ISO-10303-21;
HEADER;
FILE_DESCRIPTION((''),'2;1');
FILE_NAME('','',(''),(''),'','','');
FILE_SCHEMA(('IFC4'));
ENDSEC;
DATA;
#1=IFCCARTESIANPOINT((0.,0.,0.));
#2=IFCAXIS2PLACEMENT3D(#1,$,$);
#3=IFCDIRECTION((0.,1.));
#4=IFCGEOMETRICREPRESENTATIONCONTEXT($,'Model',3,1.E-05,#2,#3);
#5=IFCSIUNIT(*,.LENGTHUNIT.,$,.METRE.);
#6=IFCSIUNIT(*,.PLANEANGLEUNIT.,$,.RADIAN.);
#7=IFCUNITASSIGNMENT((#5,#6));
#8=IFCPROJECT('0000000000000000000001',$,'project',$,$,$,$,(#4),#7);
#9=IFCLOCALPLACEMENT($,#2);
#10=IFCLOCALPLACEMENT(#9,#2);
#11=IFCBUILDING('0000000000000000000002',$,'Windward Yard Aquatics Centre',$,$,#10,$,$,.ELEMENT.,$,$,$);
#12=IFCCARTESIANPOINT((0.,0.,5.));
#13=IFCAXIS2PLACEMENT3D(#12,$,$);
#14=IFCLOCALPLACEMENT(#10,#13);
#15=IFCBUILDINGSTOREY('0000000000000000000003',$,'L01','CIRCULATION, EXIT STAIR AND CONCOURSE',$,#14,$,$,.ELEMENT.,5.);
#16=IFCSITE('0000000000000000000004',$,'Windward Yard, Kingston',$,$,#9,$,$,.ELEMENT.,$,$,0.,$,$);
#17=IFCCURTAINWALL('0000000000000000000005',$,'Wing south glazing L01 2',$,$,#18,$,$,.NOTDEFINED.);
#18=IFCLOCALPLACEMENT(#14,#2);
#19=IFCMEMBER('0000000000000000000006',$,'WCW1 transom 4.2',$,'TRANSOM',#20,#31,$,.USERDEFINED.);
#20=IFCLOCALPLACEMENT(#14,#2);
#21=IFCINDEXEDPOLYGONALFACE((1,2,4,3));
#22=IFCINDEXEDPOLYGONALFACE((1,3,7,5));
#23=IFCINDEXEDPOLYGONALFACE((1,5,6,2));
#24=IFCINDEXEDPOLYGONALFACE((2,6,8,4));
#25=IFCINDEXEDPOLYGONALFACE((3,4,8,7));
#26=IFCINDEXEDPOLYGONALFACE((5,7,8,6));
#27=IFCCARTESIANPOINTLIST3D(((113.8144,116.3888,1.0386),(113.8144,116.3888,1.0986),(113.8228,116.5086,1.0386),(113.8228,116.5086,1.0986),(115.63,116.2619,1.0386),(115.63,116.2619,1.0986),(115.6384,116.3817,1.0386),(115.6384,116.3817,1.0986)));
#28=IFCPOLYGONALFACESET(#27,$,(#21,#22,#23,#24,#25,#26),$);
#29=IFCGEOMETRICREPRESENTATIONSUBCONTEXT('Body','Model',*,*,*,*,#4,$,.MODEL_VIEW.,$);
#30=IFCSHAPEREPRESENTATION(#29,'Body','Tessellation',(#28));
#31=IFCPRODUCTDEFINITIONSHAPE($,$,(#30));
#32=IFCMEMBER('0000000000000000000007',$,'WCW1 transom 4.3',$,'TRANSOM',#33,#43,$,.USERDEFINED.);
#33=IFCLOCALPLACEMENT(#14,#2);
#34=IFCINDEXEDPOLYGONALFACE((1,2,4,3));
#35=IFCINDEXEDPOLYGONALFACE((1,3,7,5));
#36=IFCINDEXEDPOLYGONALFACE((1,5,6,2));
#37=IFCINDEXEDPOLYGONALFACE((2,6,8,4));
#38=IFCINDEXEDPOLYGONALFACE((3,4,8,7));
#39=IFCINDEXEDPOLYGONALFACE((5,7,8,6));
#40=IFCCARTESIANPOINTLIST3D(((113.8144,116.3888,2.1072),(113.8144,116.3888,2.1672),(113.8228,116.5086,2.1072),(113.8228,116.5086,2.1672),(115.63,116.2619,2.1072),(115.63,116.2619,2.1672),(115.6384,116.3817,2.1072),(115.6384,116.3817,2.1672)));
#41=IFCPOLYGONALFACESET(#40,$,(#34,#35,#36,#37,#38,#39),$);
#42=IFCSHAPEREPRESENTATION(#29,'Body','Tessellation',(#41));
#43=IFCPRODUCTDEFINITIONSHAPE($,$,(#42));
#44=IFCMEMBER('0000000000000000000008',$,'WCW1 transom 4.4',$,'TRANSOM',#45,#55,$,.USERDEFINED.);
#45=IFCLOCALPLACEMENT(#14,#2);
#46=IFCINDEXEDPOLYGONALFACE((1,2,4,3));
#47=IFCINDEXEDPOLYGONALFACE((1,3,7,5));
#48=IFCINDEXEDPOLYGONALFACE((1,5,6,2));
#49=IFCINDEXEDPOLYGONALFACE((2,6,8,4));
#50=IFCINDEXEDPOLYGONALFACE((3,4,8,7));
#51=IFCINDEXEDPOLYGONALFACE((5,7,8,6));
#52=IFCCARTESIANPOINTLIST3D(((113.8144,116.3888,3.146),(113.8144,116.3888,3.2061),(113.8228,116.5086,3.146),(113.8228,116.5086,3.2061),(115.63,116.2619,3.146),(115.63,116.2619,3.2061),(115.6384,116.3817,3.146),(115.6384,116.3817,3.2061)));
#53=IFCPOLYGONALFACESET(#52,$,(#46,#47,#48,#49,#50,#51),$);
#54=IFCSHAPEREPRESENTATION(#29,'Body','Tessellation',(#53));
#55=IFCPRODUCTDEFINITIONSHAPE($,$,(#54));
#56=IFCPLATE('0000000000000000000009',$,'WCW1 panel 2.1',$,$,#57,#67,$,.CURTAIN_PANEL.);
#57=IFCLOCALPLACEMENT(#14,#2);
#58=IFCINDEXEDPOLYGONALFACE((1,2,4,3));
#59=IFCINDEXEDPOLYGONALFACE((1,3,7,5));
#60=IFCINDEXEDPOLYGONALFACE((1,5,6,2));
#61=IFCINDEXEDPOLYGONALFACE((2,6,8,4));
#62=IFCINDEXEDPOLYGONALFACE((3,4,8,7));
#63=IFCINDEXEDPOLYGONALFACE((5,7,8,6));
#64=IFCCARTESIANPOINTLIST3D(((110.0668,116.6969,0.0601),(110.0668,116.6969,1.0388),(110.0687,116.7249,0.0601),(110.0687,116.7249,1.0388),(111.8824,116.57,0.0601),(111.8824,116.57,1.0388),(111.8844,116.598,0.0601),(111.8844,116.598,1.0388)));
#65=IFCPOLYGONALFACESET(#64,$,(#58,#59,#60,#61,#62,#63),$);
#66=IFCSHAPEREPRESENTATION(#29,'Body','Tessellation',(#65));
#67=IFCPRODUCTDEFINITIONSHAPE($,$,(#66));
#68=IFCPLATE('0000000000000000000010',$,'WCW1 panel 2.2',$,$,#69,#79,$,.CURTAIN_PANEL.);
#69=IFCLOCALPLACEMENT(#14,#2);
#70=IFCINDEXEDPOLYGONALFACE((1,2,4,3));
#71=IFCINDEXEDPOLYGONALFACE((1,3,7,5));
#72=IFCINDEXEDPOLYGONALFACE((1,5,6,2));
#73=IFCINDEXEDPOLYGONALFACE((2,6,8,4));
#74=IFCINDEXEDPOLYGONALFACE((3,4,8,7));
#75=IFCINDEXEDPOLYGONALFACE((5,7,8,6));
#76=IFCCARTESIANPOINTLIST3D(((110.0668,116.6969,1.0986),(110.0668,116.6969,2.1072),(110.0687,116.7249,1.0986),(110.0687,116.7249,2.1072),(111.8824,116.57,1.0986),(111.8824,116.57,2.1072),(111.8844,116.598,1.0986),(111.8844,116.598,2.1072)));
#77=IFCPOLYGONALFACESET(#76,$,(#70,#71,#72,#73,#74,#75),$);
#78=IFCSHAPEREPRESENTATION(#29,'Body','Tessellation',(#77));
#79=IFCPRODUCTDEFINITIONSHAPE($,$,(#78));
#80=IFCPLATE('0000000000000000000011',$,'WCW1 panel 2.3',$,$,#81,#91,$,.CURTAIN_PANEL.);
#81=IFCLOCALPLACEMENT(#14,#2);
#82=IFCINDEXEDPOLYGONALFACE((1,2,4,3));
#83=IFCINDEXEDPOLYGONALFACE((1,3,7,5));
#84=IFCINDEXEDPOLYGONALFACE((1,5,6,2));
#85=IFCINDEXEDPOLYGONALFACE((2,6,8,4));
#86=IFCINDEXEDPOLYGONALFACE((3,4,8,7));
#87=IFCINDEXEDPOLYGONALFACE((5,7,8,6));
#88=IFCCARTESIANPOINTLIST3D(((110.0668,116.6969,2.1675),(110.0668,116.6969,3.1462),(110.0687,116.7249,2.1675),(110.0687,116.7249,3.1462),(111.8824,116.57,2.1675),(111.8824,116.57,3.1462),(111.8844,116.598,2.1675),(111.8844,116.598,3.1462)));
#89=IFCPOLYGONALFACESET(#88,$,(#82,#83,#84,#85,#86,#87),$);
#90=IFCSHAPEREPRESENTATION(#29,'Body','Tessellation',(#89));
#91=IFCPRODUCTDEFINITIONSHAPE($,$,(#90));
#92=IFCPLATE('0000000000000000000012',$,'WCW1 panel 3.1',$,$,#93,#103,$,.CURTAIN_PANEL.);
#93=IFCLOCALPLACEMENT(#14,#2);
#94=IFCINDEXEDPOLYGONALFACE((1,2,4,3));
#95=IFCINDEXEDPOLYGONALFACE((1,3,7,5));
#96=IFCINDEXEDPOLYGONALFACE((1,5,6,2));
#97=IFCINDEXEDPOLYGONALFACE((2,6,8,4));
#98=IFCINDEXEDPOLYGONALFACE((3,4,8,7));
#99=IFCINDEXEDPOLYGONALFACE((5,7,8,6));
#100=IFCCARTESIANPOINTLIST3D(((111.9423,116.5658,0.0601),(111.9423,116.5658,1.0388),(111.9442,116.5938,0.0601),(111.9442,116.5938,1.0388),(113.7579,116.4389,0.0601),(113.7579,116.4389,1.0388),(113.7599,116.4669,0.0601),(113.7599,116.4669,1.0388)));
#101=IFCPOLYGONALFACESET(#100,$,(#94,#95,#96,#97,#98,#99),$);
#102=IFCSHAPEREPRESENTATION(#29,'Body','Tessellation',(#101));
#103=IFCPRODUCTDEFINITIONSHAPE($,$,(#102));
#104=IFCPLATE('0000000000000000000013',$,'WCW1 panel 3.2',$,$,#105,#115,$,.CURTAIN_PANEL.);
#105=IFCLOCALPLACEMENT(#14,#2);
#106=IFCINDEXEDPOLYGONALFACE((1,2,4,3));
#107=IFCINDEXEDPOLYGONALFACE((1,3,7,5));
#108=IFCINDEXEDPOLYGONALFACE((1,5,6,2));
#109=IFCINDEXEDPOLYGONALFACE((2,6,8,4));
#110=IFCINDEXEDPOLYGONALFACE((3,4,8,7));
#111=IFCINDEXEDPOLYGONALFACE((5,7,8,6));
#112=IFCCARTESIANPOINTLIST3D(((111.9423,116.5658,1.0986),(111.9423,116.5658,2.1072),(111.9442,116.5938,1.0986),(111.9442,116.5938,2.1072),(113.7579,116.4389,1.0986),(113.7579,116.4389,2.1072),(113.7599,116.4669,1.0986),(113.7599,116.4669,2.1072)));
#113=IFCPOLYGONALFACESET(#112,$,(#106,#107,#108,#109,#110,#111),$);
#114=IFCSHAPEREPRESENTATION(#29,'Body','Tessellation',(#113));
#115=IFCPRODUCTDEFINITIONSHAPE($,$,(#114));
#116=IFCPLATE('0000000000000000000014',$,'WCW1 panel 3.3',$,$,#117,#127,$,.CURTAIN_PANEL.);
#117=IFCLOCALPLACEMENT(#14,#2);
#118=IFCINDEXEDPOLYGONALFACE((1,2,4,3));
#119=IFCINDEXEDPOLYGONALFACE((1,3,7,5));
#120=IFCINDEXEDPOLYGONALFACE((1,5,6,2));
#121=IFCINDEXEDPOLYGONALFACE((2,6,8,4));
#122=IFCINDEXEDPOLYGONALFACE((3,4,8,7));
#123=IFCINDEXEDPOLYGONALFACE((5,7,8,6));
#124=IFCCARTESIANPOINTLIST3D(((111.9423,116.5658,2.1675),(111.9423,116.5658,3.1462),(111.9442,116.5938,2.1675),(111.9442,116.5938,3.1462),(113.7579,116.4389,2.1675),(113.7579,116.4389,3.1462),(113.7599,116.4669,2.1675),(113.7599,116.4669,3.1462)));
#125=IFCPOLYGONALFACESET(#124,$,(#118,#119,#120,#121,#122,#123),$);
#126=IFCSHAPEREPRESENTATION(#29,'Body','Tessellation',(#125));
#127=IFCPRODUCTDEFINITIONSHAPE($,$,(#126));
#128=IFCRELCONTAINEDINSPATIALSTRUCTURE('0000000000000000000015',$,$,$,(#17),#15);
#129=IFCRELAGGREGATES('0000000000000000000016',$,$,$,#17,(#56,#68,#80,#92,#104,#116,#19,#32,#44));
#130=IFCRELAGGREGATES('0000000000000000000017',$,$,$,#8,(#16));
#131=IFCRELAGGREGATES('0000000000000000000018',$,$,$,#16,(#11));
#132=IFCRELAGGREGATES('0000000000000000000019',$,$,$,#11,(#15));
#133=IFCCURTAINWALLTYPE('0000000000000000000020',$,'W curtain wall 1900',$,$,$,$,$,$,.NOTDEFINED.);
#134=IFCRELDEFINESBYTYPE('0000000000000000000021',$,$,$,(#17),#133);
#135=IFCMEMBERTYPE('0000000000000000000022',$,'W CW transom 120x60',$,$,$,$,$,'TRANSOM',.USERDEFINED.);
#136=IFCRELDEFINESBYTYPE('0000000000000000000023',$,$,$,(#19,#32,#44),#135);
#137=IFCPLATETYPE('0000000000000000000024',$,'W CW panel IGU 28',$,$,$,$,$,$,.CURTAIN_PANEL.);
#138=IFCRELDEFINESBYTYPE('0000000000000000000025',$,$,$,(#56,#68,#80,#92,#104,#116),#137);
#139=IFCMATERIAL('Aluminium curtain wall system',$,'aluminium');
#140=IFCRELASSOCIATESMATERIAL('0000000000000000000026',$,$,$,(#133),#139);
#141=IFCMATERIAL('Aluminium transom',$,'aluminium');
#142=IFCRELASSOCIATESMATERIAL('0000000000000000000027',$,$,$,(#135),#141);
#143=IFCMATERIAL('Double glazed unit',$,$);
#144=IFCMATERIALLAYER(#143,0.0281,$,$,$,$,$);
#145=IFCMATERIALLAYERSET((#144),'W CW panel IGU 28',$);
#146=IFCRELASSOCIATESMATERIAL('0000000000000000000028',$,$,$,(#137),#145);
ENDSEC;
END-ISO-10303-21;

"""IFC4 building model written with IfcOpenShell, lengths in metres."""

from ifc_helpers import new_model, si_unit, direction, frame, origin, origin_2d, place, context, subcontext, project, spatial, rectangle, extrude, material, layer, layer_set, material_profile, profile_set, type_object, element, aggregate, save


model = new_model("IFC4")

# Units and contexts
model_context = context("Model", 3, precision=1e-05, world=origin(), true_north=direction((0.0, 1.0)))
body_context = subcontext(model_context, "Body", "Model", "MODEL_VIEW")
ifc_project = project(units=[si_unit("LENGTHUNIT", "METRE"), si_unit("PLANEANGLEUNIT", "RADIAN")], contexts=[model_context])

# Site, building, storey
site_placement = place(None, origin())
site = spatial("IfcSite", under=ifc_project, at=site_placement, Name="Windward Yard, Kingston", CompositionType="ELEMENT", RefElevation=0.0)
building_placement = place(site_placement, origin())
building = spatial("IfcBuilding", under=site, at=building_placement, Name="Windward Yard Aquatics Centre", CompositionType="ELEMENT")
storey_placement = place(building_placement, frame((0.0, 0.0, 5.0)))
storey = spatial("IfcBuildingStorey", under=building, at=storey_placement, Name="L01", Description="CIRCULATION, EXIT STAIR AND CONCOURSE", CompositionType="ELEMENT", Elevation=5.0)

# Curtain wall, members, plates
ifc_material_1 = material(Name="Aluminium curtain wall system", Category="aluminium")
curtain_wall_type_1 = type_object("IfcCurtainWallType", Name="W curtain wall 1900", PredefinedType="NOTDEFINED", material=ifc_material_1)
curtain_wall_1_placement = place(storey_placement, origin())
curtain_wall_1 = element("IfcCurtainWall", 1, at=curtain_wall_1_placement, inside=storey, type_object=curtain_wall_type_1, Name="Wing south glazing L01 2", PredefinedType="NOTDEFINED")
ifc_material_2 = material(Name="Aluminium transom", Category="aluminium")
ifc_material_profile_1 = material_profile(ifc_material_2, rectangle(XDim=0.1201, YDim=0.0601, at=origin_2d()), Name="AL 120x60")
ifc_profile_set_1 = profile_set([ifc_material_profile_1], Name="Aluminium transom")
member_type_1 = type_object("IfcMemberType", Name="W CW transom 120x60", ElementType="TRANSOM", PredefinedType="USERDEFINED", material=ifc_profile_set_1)
member_1_placement = place(storey_placement, frame((113.8186, 116.4487, 1.0686), z_axis=(0.997564, -0.06975, 0.0), x_axis=(0.06975, 0.997564, 0.0)))
member_1 = element("IfcMember", 2, at=member_1_placement, type_object=member_type_1, Name="WCW1 transom 4.2", ObjectType="TRANSOM", PredefinedType="USERDEFINED", context=body_context, shape_type="SweptSolid", body=[
    extrude(rectangle(XDim=0.1201, YDim=0.0601, at=origin_2d()), origin(), (0.0, 0.0, 1.0), 1.8201),
])
member_2_placement = place(storey_placement, frame((113.8186, 116.4487, 2.1372), z_axis=(0.997564, -0.06975, 0.0), x_axis=(0.06975, 0.997564, 0.0)))
member_2 = element("IfcMember", 3, at=member_2_placement, type_object=member_type_1, Name="WCW1 transom 4.3", ObjectType="TRANSOM", PredefinedType="USERDEFINED", context=body_context, shape_type="SweptSolid", body=[
    extrude(rectangle(XDim=0.1201, YDim=0.0601, at=origin_2d()), origin(), (0.0, 0.0, 1.0), 1.8201),
])
member_3_placement = place(storey_placement, frame((113.8186, 116.4487, 3.176), z_axis=(0.997564, -0.06975, 0.0), x_axis=(0.06975, 0.997564, 0.0)))
member_3 = element("IfcMember", 4, at=member_3_placement, type_object=member_type_1, Name="WCW1 transom 4.4", ObjectType="TRANSOM", PredefinedType="USERDEFINED", context=body_context, shape_type="SweptSolid", body=[
    extrude(rectangle(XDim=0.1201, YDim=0.0601, at=origin_2d()), origin(), (0.0, 0.0, 1.0), 1.8201),
])
ifc_material_3 = material(Name="Double glazed unit")
ifc_layer_1 = layer(ifc_material_3, 0.0281)
ifc_layer_set_1 = layer_set([ifc_layer_1], Name="W CW panel IGU 28")
plate_type = type_object("IfcPlateType", Name="W CW panel IGU 28", PredefinedType="CURTAIN_PANEL", material=ifc_layer_set_1)
plate_1_placement = place(storey_placement, frame((110.9756, 116.6475, 0.0601), z_axis=(0.0, 0.0, 1.0), x_axis=(0.997564, -0.069755, 0.0)))
plate_1 = element("IfcPlate", 5, at=plate_1_placement, type_object=plate_type, Name="WCW1 panel 2.1", PredefinedType="CURTAIN_PANEL", context=body_context, shape_type="SweptSolid", body=[
    extrude(rectangle(XDim=1.8201, YDim=0.0281, at=origin_2d()), origin(), (0.0, 0.0, 1.0), 0.9788),
])
plate_2_placement = place(storey_placement, frame((110.9756, 116.6475, 1.0986), z_axis=(0.0, 0.0, 1.0), x_axis=(0.997564, -0.069755, 0.0)))
plate_2 = element("IfcPlate", 6, at=plate_2_placement, type_object=plate_type, Name="WCW1 panel 2.2", PredefinedType="CURTAIN_PANEL", context=body_context, shape_type="SweptSolid", body=[
    extrude(rectangle(XDim=1.8201, YDim=0.0281, at=origin_2d()), origin(), (0.0, 0.0, 1.0), 1.0085),
])
plate_3_placement = place(storey_placement, frame((110.9756, 116.6475, 2.1675), z_axis=(0.0, 0.0, 1.0), x_axis=(0.997564, -0.069755, 0.0)))
plate_3 = element("IfcPlate", 7, at=plate_3_placement, type_object=plate_type, Name="WCW1 panel 2.3", PredefinedType="CURTAIN_PANEL", context=body_context, shape_type="SweptSolid", body=[
    extrude(rectangle(XDim=1.8201, YDim=0.0281, at=origin_2d()), origin(), (0.0, 0.0, 1.0), 0.9788),
])
plate_4_placement = place(storey_placement, frame((112.8511, 116.5164, 0.0601), z_axis=(0.0, 0.0, 1.0), x_axis=(0.997564, -0.069755, 0.0)))
plate_4 = element("IfcPlate", 8, at=plate_4_placement, type_object=plate_type, Name="WCW1 panel 3.1", PredefinedType="CURTAIN_PANEL", context=body_context, shape_type="SweptSolid", body=[
    extrude(rectangle(XDim=1.8201, YDim=0.0281, at=origin_2d()), origin(), (0.0, 0.0, 1.0), 0.9788),
])
plate_5_placement = place(storey_placement, frame((112.8511, 116.5164, 1.0986), z_axis=(0.0, 0.0, 1.0), x_axis=(0.997564, -0.069755, 0.0)))
plate_5 = element("IfcPlate", 9, at=plate_5_placement, type_object=plate_type, Name="WCW1 panel 3.2", PredefinedType="CURTAIN_PANEL", context=body_context, shape_type="SweptSolid", body=[
    extrude(rectangle(XDim=1.8201, YDim=0.0281, at=origin_2d()), origin(), (0.0, 0.0, 1.0), 1.0085),
])
plate_6_placement = place(storey_placement, frame((112.8511, 116.5164, 2.1675), z_axis=(0.0, 0.0, 1.0), x_axis=(0.997564, -0.069755, 0.0)))
plate_6 = element("IfcPlate", 10, at=plate_6_placement, type_object=plate_type, Name="WCW1 panel 3.3", PredefinedType="CURTAIN_PANEL", context=body_context, shape_type="SweptSolid", body=[
    extrude(rectangle(XDim=1.8201, YDim=0.0281, at=origin_2d()), origin(), (0.0, 0.0, 1.0), 0.9788),
])
aggregate(curtain_wall_1, [plate_1, plate_2, plate_3, plate_4, plate_5, plate_6, member_1, member_2, member_3])

save(model, "model.ifc")
